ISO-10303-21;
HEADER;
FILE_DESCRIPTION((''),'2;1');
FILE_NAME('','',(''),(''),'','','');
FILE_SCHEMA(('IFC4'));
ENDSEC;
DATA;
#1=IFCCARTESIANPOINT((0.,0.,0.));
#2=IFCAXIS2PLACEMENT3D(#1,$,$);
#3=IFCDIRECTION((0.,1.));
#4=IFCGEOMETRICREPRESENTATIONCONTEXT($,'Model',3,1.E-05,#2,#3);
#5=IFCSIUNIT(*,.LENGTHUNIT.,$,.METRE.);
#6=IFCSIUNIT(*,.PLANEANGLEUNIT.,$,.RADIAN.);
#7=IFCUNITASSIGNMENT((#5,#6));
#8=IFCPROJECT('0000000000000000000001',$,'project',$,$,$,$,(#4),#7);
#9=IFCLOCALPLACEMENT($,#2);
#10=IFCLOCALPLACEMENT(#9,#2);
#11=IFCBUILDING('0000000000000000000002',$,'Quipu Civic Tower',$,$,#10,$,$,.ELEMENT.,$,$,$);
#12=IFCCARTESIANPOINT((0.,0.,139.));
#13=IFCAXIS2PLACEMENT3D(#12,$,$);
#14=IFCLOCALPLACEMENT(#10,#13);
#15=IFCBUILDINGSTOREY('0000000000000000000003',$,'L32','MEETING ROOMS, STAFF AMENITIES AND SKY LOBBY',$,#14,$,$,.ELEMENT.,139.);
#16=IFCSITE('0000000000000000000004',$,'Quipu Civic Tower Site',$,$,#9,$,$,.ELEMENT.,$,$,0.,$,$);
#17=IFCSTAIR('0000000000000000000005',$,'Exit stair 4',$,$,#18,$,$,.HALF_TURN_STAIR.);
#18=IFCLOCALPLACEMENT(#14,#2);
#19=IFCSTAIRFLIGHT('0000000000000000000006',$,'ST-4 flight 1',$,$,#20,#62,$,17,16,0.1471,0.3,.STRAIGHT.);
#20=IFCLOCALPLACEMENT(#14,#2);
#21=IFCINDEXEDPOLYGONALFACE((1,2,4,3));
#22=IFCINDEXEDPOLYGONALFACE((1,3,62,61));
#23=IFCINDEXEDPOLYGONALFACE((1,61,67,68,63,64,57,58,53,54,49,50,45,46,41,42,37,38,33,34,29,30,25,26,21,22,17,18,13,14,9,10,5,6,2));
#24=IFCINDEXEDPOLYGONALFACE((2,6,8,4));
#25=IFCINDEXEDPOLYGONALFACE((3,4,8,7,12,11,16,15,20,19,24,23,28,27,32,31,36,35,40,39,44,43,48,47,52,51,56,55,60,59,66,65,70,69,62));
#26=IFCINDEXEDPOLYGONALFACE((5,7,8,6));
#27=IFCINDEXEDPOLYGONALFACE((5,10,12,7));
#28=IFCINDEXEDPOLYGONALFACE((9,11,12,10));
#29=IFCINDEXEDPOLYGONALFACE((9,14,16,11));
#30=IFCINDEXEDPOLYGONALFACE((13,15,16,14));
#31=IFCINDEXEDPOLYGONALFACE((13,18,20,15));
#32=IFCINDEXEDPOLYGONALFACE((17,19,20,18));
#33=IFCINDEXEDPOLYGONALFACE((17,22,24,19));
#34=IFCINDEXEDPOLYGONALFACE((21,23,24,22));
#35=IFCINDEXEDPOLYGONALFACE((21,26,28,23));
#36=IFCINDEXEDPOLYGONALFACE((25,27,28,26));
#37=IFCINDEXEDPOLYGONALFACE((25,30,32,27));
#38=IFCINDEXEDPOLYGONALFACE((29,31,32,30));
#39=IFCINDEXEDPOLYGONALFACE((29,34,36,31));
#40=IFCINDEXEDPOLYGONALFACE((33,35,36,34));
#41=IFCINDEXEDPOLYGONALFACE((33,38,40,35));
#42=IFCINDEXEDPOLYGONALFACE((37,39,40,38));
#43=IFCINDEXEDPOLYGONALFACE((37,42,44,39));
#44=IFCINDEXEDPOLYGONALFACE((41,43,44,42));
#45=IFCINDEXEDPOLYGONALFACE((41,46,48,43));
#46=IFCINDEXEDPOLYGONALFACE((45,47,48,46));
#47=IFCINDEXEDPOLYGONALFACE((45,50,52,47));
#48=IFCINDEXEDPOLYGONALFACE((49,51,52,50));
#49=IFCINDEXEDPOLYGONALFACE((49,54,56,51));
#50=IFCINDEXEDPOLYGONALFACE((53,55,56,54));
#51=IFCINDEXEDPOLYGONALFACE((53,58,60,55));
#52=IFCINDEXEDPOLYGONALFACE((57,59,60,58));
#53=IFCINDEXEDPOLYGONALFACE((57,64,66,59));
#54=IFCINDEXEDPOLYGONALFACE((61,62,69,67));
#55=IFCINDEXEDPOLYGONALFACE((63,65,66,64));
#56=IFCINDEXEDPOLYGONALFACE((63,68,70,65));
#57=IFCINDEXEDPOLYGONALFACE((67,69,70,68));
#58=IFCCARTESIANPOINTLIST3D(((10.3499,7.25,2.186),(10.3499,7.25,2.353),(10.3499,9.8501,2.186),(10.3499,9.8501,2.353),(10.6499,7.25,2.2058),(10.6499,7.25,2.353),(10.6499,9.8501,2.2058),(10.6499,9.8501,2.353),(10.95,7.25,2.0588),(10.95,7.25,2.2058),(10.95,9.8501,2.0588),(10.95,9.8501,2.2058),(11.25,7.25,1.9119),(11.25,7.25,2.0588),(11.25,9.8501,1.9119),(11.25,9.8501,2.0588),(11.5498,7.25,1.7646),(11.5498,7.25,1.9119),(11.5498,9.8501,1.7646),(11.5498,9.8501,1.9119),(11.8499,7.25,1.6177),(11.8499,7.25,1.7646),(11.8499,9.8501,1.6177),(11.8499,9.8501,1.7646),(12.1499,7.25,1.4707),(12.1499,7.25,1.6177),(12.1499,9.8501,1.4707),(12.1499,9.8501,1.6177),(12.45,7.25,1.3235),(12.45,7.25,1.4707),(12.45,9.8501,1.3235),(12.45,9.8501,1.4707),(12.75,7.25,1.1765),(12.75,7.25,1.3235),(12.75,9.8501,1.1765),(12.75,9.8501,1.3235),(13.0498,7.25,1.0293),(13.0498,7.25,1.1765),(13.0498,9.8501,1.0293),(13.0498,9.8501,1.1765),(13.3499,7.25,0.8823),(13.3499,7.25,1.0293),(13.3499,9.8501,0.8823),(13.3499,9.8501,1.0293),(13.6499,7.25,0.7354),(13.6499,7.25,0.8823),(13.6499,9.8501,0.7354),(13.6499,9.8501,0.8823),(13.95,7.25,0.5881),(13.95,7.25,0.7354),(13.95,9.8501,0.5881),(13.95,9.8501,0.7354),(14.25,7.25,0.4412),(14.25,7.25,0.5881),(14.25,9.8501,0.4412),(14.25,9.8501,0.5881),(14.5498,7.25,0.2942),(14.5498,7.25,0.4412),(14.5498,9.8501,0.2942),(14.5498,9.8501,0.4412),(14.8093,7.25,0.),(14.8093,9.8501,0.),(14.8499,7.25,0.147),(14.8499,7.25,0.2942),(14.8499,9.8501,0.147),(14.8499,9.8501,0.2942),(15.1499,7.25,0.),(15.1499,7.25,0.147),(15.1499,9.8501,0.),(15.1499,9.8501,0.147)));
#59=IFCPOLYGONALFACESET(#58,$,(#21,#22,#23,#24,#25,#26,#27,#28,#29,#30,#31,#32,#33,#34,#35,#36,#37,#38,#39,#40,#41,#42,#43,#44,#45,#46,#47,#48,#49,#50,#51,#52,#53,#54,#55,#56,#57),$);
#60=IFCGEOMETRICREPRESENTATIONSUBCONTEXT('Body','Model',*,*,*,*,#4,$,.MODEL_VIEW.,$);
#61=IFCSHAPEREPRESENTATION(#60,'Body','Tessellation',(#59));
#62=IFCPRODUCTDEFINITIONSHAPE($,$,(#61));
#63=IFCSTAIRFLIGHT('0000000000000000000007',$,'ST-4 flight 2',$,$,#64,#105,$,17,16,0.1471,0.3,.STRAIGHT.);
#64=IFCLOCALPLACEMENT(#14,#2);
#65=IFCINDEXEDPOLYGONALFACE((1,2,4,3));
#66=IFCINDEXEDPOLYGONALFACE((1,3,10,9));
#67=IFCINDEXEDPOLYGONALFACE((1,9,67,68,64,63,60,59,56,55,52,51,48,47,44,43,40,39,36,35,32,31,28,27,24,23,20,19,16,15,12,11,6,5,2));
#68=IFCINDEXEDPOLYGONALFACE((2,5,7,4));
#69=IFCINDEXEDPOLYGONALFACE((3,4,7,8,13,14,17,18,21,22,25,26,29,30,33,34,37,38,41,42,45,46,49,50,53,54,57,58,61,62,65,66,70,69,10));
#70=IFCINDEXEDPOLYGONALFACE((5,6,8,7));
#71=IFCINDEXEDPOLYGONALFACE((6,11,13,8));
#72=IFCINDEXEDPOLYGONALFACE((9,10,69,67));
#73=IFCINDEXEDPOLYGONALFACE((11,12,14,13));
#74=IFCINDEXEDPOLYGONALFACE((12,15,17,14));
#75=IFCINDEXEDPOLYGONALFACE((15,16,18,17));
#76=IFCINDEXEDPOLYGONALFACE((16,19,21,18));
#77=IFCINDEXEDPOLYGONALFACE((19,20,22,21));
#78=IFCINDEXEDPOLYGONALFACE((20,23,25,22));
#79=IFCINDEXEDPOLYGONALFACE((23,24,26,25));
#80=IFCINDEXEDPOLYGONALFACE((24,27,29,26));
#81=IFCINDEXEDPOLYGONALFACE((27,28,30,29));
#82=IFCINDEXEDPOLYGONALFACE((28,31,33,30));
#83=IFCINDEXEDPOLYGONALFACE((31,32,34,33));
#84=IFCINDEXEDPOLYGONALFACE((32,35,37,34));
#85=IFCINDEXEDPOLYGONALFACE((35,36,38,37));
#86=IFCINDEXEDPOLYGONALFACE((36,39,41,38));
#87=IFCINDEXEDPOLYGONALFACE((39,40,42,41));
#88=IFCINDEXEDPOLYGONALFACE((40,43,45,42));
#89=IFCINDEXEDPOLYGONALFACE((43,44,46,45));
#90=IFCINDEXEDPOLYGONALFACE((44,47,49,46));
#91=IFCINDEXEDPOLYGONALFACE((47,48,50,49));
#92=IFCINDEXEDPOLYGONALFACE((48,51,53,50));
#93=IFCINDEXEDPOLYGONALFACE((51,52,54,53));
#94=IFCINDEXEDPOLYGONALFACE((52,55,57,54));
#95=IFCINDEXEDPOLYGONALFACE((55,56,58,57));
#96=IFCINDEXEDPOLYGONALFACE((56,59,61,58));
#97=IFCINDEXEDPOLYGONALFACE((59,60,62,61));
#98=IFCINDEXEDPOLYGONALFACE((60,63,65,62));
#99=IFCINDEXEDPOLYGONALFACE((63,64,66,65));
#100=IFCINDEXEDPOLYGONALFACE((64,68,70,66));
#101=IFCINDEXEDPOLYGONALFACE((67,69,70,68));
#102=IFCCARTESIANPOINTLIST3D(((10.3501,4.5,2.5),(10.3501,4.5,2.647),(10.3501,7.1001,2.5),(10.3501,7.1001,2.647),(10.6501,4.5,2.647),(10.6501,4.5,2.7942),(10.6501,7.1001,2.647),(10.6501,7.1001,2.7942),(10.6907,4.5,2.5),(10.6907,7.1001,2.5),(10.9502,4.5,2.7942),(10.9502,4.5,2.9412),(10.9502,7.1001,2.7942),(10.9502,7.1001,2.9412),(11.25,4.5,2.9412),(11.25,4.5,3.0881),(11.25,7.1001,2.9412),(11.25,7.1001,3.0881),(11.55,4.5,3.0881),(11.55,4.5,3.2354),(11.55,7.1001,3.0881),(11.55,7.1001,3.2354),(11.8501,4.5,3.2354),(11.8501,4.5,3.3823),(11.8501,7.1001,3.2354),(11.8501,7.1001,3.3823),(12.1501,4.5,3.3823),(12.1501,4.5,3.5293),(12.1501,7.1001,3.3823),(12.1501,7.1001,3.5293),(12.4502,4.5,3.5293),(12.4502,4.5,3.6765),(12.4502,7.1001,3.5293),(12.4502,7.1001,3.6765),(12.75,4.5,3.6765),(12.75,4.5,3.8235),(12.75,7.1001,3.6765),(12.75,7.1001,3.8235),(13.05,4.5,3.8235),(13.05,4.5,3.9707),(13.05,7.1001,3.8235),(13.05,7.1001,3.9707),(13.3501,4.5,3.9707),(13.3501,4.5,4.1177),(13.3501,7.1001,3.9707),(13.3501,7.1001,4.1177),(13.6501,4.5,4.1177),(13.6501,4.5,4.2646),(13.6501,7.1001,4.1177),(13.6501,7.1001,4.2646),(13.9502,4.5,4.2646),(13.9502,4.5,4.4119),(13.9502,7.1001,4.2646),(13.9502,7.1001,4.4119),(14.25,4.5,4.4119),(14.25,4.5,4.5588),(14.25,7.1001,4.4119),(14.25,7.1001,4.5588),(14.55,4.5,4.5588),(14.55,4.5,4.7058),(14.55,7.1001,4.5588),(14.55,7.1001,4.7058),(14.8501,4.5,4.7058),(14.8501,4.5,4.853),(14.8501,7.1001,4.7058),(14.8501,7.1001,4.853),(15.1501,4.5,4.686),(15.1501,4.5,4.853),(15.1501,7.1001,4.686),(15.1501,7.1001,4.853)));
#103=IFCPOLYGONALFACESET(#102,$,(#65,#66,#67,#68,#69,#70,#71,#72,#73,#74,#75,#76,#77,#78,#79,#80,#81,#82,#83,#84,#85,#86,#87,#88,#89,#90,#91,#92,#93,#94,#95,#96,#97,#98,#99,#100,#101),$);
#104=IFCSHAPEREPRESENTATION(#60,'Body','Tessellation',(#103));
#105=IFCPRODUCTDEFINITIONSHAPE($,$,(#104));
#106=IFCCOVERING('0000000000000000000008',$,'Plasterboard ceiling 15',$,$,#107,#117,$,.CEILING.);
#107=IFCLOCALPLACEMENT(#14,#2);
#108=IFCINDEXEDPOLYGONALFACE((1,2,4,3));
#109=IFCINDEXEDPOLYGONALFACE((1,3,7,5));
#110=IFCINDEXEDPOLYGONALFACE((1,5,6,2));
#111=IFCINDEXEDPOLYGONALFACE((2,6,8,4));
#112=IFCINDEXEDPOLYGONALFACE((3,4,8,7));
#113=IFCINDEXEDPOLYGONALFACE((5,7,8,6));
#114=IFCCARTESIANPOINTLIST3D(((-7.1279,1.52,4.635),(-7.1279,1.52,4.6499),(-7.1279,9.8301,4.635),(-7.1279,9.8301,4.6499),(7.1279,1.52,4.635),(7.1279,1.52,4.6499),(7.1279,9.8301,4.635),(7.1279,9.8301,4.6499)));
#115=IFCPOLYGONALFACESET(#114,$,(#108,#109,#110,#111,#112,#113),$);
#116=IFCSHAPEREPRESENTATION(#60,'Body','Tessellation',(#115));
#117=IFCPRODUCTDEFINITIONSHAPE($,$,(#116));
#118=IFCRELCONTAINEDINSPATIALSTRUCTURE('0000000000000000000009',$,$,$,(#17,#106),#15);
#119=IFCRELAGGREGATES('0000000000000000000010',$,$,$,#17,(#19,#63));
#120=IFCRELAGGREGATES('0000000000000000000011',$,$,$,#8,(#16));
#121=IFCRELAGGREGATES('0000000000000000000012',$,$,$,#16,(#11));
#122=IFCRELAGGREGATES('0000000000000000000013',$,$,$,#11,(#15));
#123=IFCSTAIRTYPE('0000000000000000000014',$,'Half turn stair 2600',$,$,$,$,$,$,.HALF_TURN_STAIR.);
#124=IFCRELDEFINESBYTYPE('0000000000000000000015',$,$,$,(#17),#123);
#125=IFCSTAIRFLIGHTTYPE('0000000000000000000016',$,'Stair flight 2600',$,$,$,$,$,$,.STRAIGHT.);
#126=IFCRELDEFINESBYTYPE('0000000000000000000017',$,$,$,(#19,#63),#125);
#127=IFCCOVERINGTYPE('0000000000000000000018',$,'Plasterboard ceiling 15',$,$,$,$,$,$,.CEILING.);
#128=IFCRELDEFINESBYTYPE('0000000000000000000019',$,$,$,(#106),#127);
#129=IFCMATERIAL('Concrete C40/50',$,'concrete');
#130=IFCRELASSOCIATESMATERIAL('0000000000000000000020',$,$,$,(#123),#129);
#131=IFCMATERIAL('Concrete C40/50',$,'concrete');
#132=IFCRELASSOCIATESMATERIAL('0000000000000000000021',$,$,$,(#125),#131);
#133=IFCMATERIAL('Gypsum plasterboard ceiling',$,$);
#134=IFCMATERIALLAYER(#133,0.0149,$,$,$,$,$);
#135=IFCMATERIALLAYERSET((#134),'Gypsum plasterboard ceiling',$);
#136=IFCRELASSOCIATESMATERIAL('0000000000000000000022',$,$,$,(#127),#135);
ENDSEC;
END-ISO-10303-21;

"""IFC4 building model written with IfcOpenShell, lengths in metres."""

from ifc_helpers import new_model, si_unit, direction, frame, origin, place, context, subcontext, project, spatial, polyline, outline, extrude, material, layer, layer_set, type_object, element, aggregate, save


model = new_model("IFC4")

# Units and contexts
model_context = context("Model", 3, precision=1e-05, world=origin(), true_north=direction((0.0, 1.0)))
body_context = subcontext(model_context, "Body", "Model", "MODEL_VIEW")
ifc_project = project(units=[si_unit("LENGTHUNIT", "METRE"), si_unit("PLANEANGLEUNIT", "RADIAN")], contexts=[model_context])

# Site, building, storey
site_placement = place(None, origin())
site = spatial("IfcSite", under=ifc_project, at=site_placement, Name="Quipu Civic Tower Site", CompositionType="ELEMENT", RefElevation=0.0)
building_placement = place(site_placement, origin())
building = spatial("IfcBuilding", under=site, at=building_placement, Name="Quipu Civic Tower", CompositionType="ELEMENT")
storey_placement = place(building_placement, frame((0.0, 0.0, 139.0)))
storey = spatial("IfcBuildingStorey", under=building, at=storey_placement, Name="L32", Description="MEETING ROOMS, STAFF AMENITIES AND SKY LOBBY", CompositionType="ELEMENT", Elevation=139.0)

# Stair, stair flights
ifc_material_1 = material(Name="Concrete C40/50", Category="concrete")
stair_type = type_object("IfcStairType", Name="Half turn stair 2600", PredefinedType="HALF_TURN_STAIR", material=ifc_material_1)
stair_placement = place(storey_placement, origin())
stair = element("IfcStair", 1, at=stair_placement, inside=storey, type_object=stair_type, Name="Exit stair 4", PredefinedType="HALF_TURN_STAIR")
ifc_material_2 = material(Name="Concrete C40/50", Category="concrete")
stair_flight_type = type_object("IfcStairFlightType", Name="Stair flight 2600", PredefinedType="STRAIGHT", material=ifc_material_2)
stair_flight_1_placement = place(storey_placement, frame((15.1499, 8.55, 0.0), z_axis=(0.0, 0.0, 1.0), x_axis=(-1.0, 0.0, 0.0)))
stair_flight_1 = element("IfcStairFlight", 2, at=stair_flight_1_placement, type_object=stair_flight_type, Name="ST-4 flight 1", NumberOfRisers=17, NumberOfTreads=16, PredefinedType="STRAIGHT", RiserHeight=0.1471, TreadLength=0.3, context=body_context, shape_type="SweptSolid", body=[
    extrude(outline(polyline([(0.0, 0.0), (0.0, 0.147), (0.3, 0.147), (0.3, 0.2942), (0.6001, 0.2942), (0.6001, 0.4412), (0.8999, 0.4412), (0.8999, 0.5881), (1.2, 0.5881), (1.2, 0.7354), (1.5, 0.7354), (1.5, 0.8823), (1.8, 0.8823), (1.8, 1.0293), (2.1001, 1.0293), (2.1001, 1.1765), (2.3999, 1.1765), (2.3999, 1.3235), (2.7, 1.3235), (2.7, 1.4707), (3.0, 1.4707), (3.0, 1.6177), (3.3, 1.6177), (3.3, 1.7646), (3.6001, 1.7646), (3.6001, 1.9119), (3.8999, 1.9119), (3.8999, 2.0588), (4.2, 2.0588), (4.2, 2.2058), (4.5, 2.2058), (4.5, 2.353), (4.8, 2.353), (4.8, 2.5), (4.8, 2.186), (0.3406, 0.0), (0.0, 0.0)])), frame((0.0, 1.3, 0.0), z_axis=(0.0, -1.0, 0.0), x_axis=(1.0, 0.0, 0.0)), (0.0, 0.0, 1.0), 2.6001),
])
stair_flight_2_placement = place(storey_placement, frame((10.3501, 5.8, 2.5), z_axis=(0.0, 0.0, 1.0), x_axis=(1.0, 0.0, 0.0)))
stair_flight_2 = element("IfcStairFlight", 3, at=stair_flight_2_placement, type_object=stair_flight_type, Name="ST-4 flight 2", NumberOfRisers=17, NumberOfTreads=16, PredefinedType="STRAIGHT", RiserHeight=0.1471, TreadLength=0.3, context=body_context, shape_type="SweptSolid", body=[
    extrude(outline(polyline([(0.0, 0.0), (0.0, 0.147), (0.3, 0.147), (0.3, 0.2942), (0.6001, 0.2942), (0.6001, 0.4412), (0.8999, 0.4412), (0.8999, 0.5881), (1.2, 0.5881), (1.2, 0.7354), (1.5, 0.7354), (1.5, 0.8823), (1.8, 0.8823), (1.8, 1.0293), (2.1001, 1.0293), (2.1001, 1.1765), (2.3999, 1.1765), (2.3999, 1.3235), (2.7, 1.3235), (2.7, 1.4707), (3.0, 1.4707), (3.0, 1.6177), (3.3, 1.6177), (3.3, 1.7646), (3.6001, 1.7646), (3.6001, 1.9119), (3.8999, 1.9119), (3.8999, 2.0588), (4.2, 2.0588), (4.2, 2.2058), (4.5, 2.2058), (4.5, 2.353), (4.8, 2.353), (4.8, 2.5), (4.8, 2.186), (0.3406, 0.0), (0.0, 0.0)])), frame((0.0, 1.3, 0.0), z_axis=(0.0, -1.0, 0.0), x_axis=(1.0, 0.0, 0.0)), (0.0, 0.0, 1.0), 2.6001),
])
aggregate(stair, [stair_flight_1, stair_flight_2])

# Covering
ifc_material_3 = material(Name="Gypsum plasterboard ceiling")
ifc_layer_1 = layer(ifc_material_3, 0.0149)
ifc_layer_set_1 = layer_set([ifc_layer_1], Name="Gypsum plasterboard ceiling")
covering_type = type_object("IfcCoveringType", Name="Plasterboard ceiling 15", PredefinedType="CEILING", material=ifc_layer_set_1)
covering_placement = place(storey_placement, frame((0.0, 0.0, 4.635)))
element("IfcCovering", 4, at=covering_placement, inside=storey, type_object=covering_type, Name="Plasterboard ceiling 15", PredefinedType="CEILING", context=body_context, shape_type="SweptSolid", body=[
    extrude(outline(polyline([(-7.1279, 1.52), (-7.1279, 9.8301), (7.1279, 9.8301), (7.1279, 1.52), (-7.1279, 1.52)])), origin(), (0.0, 0.0, 1.0), 0.0149),
])

save(model, "model.ifc")
